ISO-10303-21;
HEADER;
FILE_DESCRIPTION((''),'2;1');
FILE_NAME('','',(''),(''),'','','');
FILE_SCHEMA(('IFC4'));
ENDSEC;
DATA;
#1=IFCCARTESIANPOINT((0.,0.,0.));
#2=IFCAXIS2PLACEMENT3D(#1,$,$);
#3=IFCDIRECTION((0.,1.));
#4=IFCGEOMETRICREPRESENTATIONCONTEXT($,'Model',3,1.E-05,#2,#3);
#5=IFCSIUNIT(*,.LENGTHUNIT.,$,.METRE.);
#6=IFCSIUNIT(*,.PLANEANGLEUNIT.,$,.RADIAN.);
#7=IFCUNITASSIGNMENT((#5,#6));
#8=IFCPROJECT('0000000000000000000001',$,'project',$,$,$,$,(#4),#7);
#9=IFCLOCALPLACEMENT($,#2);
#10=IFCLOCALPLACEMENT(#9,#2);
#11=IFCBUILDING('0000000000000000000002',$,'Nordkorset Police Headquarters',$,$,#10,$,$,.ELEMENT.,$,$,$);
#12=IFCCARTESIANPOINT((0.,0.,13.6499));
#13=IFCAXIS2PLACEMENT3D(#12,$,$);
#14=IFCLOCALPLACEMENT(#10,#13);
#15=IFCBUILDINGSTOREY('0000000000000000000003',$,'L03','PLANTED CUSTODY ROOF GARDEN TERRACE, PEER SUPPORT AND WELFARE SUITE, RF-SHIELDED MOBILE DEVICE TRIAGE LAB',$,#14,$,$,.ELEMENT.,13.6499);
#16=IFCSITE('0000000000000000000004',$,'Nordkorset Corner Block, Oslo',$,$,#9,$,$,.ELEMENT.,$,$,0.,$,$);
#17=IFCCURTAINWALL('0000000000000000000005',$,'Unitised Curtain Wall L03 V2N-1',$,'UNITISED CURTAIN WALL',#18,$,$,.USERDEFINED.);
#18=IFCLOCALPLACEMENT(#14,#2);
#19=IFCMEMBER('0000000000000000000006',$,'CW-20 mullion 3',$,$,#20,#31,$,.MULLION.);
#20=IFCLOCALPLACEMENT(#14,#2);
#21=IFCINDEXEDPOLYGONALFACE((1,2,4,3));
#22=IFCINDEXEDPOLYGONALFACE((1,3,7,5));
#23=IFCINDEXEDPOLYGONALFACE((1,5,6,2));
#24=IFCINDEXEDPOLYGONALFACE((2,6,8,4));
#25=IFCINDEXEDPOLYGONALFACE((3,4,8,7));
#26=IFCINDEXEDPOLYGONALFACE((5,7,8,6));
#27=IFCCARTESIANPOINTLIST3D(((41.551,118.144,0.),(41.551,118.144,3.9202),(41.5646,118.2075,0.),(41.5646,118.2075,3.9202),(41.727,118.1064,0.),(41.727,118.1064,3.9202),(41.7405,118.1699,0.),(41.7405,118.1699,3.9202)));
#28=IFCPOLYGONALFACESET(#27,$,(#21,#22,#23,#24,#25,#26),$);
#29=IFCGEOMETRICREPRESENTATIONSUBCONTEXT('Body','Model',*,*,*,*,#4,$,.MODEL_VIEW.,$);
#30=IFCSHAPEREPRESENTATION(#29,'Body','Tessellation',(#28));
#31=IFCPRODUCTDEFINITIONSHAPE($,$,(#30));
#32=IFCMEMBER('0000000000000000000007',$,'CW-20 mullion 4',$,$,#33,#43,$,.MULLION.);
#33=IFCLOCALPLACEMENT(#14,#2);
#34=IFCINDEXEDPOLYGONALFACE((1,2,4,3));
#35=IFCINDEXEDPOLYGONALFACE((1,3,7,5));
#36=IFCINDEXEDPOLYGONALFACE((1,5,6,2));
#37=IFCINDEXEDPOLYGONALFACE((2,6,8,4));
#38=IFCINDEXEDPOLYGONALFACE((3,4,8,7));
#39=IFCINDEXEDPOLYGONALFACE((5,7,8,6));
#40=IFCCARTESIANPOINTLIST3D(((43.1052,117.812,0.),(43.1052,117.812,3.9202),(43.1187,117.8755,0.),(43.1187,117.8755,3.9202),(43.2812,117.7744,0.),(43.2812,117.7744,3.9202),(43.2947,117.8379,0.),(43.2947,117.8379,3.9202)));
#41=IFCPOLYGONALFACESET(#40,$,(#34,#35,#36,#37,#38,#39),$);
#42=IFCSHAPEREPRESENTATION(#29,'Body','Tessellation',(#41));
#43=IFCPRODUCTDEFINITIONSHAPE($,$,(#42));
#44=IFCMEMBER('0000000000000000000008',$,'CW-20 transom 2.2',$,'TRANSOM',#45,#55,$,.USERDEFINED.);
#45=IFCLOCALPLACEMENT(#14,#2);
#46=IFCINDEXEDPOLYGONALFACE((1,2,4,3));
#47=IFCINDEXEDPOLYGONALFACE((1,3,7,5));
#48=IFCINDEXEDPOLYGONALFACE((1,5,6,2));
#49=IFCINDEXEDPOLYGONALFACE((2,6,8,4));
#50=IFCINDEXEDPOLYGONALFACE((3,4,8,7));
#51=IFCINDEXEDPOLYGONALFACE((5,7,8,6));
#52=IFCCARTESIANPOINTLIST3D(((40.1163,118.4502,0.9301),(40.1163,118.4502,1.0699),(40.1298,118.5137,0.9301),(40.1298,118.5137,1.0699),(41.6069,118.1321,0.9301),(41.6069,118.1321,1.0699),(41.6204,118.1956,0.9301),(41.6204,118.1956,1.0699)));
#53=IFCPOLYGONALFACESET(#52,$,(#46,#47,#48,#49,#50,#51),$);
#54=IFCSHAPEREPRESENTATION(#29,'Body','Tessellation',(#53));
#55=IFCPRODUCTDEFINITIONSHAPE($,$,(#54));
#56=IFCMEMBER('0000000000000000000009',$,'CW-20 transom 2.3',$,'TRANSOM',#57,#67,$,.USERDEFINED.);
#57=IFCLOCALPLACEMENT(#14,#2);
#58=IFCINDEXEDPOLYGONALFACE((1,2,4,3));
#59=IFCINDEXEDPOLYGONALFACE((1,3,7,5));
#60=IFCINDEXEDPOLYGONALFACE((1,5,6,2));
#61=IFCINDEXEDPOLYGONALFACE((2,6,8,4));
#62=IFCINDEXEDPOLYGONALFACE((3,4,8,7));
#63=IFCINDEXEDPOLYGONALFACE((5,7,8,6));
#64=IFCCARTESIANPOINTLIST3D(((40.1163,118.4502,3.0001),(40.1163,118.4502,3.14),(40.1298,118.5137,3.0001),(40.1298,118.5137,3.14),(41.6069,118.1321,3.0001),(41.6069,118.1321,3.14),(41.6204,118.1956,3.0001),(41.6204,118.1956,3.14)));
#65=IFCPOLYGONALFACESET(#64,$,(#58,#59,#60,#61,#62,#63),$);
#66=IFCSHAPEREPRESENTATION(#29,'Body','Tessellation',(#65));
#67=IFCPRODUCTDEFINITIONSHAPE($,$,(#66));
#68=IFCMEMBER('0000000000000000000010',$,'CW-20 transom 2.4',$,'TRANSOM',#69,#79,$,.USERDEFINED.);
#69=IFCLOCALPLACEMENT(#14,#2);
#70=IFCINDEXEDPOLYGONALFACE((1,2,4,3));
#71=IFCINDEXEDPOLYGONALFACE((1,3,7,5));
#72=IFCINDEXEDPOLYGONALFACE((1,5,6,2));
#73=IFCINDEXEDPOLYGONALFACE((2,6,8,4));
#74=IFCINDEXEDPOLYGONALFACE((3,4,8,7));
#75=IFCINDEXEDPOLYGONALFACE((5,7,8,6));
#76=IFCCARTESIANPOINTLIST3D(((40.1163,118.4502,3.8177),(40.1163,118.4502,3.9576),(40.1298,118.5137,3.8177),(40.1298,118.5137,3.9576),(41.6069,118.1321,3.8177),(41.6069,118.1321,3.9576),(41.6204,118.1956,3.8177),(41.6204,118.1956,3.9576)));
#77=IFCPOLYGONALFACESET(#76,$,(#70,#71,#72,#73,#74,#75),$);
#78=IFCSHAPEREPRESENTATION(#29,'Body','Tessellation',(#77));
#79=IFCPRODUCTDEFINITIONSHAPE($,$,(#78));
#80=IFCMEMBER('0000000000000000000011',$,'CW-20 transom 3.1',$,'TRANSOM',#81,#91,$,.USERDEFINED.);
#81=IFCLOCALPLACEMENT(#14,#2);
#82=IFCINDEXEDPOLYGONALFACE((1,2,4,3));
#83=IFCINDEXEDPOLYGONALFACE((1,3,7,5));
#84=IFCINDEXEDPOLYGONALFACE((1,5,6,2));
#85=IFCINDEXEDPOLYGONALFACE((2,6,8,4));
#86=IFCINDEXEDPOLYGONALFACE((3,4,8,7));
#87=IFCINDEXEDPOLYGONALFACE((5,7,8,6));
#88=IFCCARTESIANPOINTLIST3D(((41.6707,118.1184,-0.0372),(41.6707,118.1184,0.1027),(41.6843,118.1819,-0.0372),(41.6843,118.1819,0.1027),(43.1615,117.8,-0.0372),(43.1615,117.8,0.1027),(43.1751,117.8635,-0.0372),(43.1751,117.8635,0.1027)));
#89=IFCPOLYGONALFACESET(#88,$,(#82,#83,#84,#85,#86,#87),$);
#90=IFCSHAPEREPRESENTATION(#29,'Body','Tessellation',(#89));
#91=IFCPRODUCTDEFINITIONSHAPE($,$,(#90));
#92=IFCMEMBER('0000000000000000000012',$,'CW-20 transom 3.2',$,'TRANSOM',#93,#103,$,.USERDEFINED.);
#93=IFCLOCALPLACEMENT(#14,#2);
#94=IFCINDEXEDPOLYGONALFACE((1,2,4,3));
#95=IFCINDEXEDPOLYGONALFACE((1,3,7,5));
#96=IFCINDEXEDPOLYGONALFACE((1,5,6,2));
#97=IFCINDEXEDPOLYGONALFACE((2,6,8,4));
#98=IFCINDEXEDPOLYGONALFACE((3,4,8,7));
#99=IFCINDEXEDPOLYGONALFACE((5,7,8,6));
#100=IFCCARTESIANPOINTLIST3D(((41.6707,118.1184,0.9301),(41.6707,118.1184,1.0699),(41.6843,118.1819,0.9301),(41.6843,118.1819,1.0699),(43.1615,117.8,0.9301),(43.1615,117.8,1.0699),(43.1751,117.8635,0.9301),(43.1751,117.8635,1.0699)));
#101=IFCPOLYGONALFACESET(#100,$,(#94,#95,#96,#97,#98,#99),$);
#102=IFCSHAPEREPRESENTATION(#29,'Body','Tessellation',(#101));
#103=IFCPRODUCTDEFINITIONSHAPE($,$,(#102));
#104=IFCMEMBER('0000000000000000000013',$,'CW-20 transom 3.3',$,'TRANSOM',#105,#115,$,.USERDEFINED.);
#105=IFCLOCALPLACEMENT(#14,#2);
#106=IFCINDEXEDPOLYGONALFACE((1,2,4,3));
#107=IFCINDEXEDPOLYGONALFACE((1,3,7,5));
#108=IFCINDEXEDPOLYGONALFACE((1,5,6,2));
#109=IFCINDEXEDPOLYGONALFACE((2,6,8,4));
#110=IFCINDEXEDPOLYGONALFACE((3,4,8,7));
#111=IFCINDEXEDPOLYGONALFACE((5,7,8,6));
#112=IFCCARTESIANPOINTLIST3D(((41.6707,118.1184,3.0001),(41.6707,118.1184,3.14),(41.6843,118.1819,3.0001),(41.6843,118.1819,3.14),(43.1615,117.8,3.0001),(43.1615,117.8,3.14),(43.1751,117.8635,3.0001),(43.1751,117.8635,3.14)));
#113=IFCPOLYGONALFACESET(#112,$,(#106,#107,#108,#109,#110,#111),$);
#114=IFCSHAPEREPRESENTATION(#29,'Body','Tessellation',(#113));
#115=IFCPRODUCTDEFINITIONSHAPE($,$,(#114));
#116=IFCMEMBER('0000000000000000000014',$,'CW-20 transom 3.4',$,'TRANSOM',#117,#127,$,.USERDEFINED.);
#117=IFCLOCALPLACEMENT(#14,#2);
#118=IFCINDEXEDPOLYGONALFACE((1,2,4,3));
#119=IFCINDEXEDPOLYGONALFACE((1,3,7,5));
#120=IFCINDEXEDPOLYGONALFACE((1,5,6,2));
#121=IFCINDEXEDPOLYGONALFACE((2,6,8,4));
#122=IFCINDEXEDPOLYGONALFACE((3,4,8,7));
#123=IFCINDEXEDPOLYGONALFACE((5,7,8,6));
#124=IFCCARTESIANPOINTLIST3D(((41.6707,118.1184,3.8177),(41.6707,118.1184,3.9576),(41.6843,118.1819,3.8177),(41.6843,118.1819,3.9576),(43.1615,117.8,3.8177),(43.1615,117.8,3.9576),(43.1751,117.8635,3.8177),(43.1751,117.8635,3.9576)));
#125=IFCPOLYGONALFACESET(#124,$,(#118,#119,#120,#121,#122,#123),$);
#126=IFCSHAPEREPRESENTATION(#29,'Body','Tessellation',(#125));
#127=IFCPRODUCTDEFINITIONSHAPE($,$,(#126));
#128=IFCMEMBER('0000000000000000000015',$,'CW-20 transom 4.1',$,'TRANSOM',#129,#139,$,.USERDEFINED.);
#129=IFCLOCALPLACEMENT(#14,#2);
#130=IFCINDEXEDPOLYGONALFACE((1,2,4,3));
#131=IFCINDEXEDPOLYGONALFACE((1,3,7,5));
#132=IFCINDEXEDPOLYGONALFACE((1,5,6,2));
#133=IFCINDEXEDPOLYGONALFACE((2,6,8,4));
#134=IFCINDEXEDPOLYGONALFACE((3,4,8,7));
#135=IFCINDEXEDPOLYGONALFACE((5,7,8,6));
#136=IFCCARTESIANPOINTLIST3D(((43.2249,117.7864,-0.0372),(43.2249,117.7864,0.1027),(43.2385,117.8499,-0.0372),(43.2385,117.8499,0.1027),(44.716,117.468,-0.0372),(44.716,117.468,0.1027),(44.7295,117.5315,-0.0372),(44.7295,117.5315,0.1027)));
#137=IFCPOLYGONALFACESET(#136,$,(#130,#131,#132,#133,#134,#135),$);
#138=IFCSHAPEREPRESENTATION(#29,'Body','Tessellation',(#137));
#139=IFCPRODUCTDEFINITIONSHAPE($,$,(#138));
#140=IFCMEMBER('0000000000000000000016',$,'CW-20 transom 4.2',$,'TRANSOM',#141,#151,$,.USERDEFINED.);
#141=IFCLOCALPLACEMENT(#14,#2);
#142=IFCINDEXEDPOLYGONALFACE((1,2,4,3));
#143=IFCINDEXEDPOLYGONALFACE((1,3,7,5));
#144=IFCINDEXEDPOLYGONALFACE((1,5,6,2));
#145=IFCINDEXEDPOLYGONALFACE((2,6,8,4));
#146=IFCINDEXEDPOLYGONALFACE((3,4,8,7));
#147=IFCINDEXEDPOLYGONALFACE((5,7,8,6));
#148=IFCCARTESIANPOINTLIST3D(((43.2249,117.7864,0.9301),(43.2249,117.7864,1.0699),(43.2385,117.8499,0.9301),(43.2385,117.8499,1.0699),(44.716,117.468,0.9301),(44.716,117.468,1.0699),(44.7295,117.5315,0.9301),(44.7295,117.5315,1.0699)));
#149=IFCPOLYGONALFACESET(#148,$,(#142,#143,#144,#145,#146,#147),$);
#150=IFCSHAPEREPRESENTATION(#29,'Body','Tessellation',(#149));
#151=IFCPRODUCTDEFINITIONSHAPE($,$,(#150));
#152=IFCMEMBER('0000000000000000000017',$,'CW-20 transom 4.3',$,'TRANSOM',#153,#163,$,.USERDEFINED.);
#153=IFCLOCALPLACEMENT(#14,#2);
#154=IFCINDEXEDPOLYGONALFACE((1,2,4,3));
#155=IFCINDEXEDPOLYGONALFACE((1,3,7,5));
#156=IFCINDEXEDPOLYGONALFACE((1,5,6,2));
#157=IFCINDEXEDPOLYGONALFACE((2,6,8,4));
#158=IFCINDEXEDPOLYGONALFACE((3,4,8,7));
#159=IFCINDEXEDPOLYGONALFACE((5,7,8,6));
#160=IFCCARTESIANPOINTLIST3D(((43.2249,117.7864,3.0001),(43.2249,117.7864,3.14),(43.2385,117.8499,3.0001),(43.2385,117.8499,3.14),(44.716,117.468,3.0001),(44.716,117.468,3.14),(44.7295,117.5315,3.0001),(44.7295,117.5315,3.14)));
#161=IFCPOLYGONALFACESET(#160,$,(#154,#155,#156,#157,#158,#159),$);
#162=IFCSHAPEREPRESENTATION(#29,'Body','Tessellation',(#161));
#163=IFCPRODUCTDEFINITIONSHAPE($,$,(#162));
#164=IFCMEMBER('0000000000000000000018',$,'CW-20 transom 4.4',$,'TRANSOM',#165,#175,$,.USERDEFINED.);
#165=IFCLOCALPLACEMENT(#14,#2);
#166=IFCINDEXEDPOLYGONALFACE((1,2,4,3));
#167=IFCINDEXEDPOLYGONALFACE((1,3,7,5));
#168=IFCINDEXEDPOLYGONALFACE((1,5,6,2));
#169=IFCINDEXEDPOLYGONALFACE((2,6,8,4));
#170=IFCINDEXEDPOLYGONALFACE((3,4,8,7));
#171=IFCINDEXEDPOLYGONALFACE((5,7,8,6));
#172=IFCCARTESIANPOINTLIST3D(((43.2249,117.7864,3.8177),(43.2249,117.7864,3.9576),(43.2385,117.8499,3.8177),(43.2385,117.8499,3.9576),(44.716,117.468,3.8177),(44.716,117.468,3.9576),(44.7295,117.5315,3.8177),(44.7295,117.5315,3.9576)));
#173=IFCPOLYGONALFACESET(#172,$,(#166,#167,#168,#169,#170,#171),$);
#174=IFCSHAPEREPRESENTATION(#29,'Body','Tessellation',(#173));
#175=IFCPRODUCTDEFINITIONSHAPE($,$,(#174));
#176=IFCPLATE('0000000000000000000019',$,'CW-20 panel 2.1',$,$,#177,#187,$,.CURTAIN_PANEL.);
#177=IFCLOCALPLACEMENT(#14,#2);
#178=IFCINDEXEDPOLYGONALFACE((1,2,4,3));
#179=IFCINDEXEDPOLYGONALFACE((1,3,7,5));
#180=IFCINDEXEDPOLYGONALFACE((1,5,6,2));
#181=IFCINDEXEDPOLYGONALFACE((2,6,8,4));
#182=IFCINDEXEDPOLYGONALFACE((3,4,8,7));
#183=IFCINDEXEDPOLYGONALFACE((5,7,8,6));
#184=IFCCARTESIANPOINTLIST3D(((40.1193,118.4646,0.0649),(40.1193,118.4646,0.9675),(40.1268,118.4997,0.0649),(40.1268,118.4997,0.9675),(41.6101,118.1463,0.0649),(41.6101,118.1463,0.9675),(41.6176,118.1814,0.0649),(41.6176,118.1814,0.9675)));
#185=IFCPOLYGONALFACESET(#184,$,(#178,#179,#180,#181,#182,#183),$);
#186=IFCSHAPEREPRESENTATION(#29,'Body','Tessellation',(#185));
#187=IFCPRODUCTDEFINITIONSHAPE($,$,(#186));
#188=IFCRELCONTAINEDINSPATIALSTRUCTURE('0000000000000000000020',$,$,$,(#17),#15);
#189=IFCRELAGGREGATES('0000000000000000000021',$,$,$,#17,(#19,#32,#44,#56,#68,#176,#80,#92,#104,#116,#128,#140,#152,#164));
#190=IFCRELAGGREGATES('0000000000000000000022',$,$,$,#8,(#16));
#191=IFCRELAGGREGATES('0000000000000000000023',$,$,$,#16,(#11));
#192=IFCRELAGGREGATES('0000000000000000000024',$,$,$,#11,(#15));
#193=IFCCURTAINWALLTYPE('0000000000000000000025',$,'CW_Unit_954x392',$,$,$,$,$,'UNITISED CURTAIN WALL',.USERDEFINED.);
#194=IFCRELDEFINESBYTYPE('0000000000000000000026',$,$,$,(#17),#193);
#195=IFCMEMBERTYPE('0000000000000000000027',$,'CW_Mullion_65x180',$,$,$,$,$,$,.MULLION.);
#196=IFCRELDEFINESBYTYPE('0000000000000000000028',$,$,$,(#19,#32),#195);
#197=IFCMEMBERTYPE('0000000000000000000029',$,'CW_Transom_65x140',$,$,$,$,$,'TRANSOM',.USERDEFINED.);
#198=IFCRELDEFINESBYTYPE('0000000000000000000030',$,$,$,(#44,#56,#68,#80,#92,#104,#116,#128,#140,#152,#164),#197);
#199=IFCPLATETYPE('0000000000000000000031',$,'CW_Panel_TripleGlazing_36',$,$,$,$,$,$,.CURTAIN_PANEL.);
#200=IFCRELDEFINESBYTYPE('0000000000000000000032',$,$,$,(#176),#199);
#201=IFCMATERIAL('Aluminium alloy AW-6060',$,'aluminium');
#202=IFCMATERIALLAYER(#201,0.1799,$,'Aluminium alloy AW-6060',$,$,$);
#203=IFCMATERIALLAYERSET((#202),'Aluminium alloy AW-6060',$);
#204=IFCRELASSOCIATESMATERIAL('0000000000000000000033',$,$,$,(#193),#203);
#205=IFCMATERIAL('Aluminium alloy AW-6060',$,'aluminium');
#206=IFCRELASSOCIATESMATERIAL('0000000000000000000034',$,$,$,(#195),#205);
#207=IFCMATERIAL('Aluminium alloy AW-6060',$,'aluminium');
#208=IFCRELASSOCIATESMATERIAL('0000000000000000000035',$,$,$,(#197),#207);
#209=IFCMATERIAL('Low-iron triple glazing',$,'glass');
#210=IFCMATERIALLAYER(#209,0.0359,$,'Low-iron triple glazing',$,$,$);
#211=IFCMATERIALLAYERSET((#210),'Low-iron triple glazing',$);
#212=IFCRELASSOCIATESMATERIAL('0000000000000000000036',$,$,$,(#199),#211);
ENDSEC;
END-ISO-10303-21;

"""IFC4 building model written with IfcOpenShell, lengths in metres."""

from ifc_helpers import new_model, si_unit, direction, frame, origin, origin_2d, place, context, subcontext, project, spatial, rectangle, extrude, material, layer, layer_set, material_profile, profile_set, type_object, element, aggregate, save


model = new_model("IFC4")

# Units and contexts
model_context = context("Model", 3, precision=1e-05, world=origin(), true_north=direction((0.0, 1.0)))
body_context = subcontext(model_context, "Body", "Model", "MODEL_VIEW")
ifc_project = project(units=[si_unit("LENGTHUNIT", "METRE"), si_unit("PLANEANGLEUNIT", "RADIAN")], contexts=[model_context])

# Site, building, storey
site_placement = place(None, origin())
site = spatial("IfcSite", under=ifc_project, at=site_placement, Name="Nordkorset Corner Block, Oslo", CompositionType="ELEMENT", RefElevation=0.0)
building_placement = place(site_placement, origin())
building = spatial("IfcBuilding", under=site, at=building_placement, Name="Nordkorset Police Headquarters", CompositionType="ELEMENT")
storey_placement = place(building_placement, frame((0.0, 0.0, 13.6499)))
storey = spatial("IfcBuildingStorey", under=building, at=storey_placement, Name="L03", Description="PLANTED CUSTODY ROOF GARDEN TERRACE, PEER SUPPORT AND WELFARE SUITE, RF-SHIELDED MOBILE DEVICE TRIAGE LAB", CompositionType="ELEMENT", Elevation=13.6499)

# Curtain wall, members, plate
ifc_material_1 = material(Name="Aluminium alloy AW-6060", Category="aluminium")
ifc_layer_1 = layer(ifc_material_1, 0.1799, Name="Aluminium alloy AW-6060")
ifc_layer_set_1 = layer_set([ifc_layer_1], Name="Aluminium alloy AW-6060")
curtain_wall_type = type_object("IfcCurtainWallType", Name="CW_Unit_954x392", ElementType="UNITISED CURTAIN WALL", PredefinedType="USERDEFINED", material=ifc_layer_set_1)
curtain_wall_placement = place(storey_placement, origin())
curtain_wall = element("IfcCurtainWall", 1, at=curtain_wall_placement, inside=storey, type_object=curtain_wall_type, Name="Unitised Curtain Wall L03 V2N-1", ObjectType="UNITISED CURTAIN WALL", PredefinedType="USERDEFINED")
ifc_material_2 = material(Name="Aluminium alloy AW-6060", Category="aluminium")
ifc_material_profile_1 = material_profile(ifc_material_2, rectangle(XDim=0.0649, YDim=0.1799, at=origin_2d()), Name="ALU MULL 65x180")
ifc_profile_set_1 = profile_set([ifc_material_profile_1], Name="Aluminium alloy AW-6060")
member_type_1 = type_object("IfcMemberType", Name="CW_Mullion_65x180", PredefinedType="MULLION", material=ifc_profile_set_1)
member_1_placement = place(storey_placement, frame((41.6458, 118.157, 0.0), z_axis=(0.0, 0.0, 1.0), x_axis=(0.208833, 0.977951, 0.0)))
member_1 = element("IfcMember", 2, at=member_1_placement, type_object=member_type_1, Name="CW-20 mullion 3", PredefinedType="MULLION", context=body_context, shape_type="SweptSolid", body=[
    extrude(rectangle(XDim=0.0649, YDim=0.1799, at=origin_2d()), origin(), (0.0, 0.0, 1.0), 3.9202),
])
member_2_placement = place(storey_placement, frame((43.2, 117.825, 0.0), z_axis=(0.0, 0.0, 1.0), x_axis=(0.208833, 0.977951, 0.0)))
member_2 = element("IfcMember", 3, at=member_2_placement, type_object=member_type_1, Name="CW-20 mullion 4", PredefinedType="MULLION", context=body_context, shape_type="SweptSolid", body=[
    extrude(rectangle(XDim=0.0649, YDim=0.1799, at=origin_2d()), origin(), (0.0, 0.0, 1.0), 3.9202),
])
ifc_material_3 = material(Name="Aluminium alloy AW-6060", Category="aluminium")
ifc_material_profile_2 = material_profile(ifc_material_3, rectangle(XDim=0.0649, YDim=0.1399, at=origin_2d()), Name="ALU TRAN 65x140")
ifc_profile_set_2 = profile_set([ifc_material_profile_2], Name="Aluminium alloy AW-6060")
member_type_2 = type_object("IfcMemberType", Name="CW_Transom_65x140", ElementType="TRANSOM", PredefinedType="USERDEFINED", material=ifc_profile_set_2)
member_3_placement = place(storey_placement, frame((40.123, 118.4819, 1.0), z_axis=(0.97798, -0.208698, 0.0), x_axis=(0.208698, 0.97798, 0.0)))
member_3 = element("IfcMember", 4, at=member_3_placement, type_object=member_type_2, Name="CW-20 transom 2.2", ObjectType="TRANSOM", PredefinedType="USERDEFINED", context=body_context, shape_type="SweptSolid", body=[
    extrude(rectangle(XDim=0.0649, YDim=0.1399, at=origin_2d()), origin(), (0.0, 0.0, 1.0), 1.5242),
])
member_4_placement = place(storey_placement, frame((40.123, 118.4819, 3.0701), z_axis=(0.97798, -0.208698, 0.0), x_axis=(0.208698, 0.97798, 0.0)))
member_4 = element("IfcMember", 5, at=member_4_placement, type_object=member_type_2, Name="CW-20 transom 2.3", ObjectType="TRANSOM", PredefinedType="USERDEFINED", context=body_context, shape_type="SweptSolid", body=[
    extrude(rectangle(XDim=0.0649, YDim=0.1399, at=origin_2d()), origin(), (0.0, 0.0, 1.0), 1.5242),
])
member_5_placement = place(storey_placement, frame((40.123, 118.4819, 3.8877), z_axis=(0.97798, -0.208698, 0.0), x_axis=(0.208698, 0.97798, 0.0)))
member_5 = element("IfcMember", 6, at=member_5_placement, type_object=member_type_2, Name="CW-20 transom 2.4", ObjectType="TRANSOM", PredefinedType="USERDEFINED", context=body_context, shape_type="SweptSolid", body=[
    extrude(rectangle(XDim=0.0649, YDim=0.1399, at=origin_2d()), origin(), (0.0, 0.0, 1.0), 1.5242),
])
member_6_placement = place(storey_placement, frame((41.6775, 118.1501, 0.0327), z_axis=(0.977947, -0.208851, 0.0), x_axis=(0.208851, 0.977947, 0.0)))
member_6 = element("IfcMember", 7, at=member_6_placement, type_object=member_type_2, Name="CW-20 transom 3.1", ObjectType="TRANSOM", PredefinedType="USERDEFINED", context=body_context, shape_type="SweptSolid", body=[
    extrude(rectangle(XDim=0.0649, YDim=0.1399, at=origin_2d()), origin(), (0.0, 0.0, 1.0), 1.5244),
])
member_7_placement = place(storey_placement, frame((41.6775, 118.1501, 1.0), z_axis=(0.977947, -0.208851, 0.0), x_axis=(0.208851, 0.977947, 0.0)))
member_7 = element("IfcMember", 8, at=member_7_placement, type_object=member_type_2, Name="CW-20 transom 3.2", ObjectType="TRANSOM", PredefinedType="USERDEFINED", context=body_context, shape_type="SweptSolid", body=[
    extrude(rectangle(XDim=0.0649, YDim=0.1399, at=origin_2d()), origin(), (0.0, 0.0, 1.0), 1.5244),
])
member_8_placement = place(storey_placement, frame((41.6775, 118.1501, 3.0701), z_axis=(0.977947, -0.208851, 0.0), x_axis=(0.208851, 0.977947, 0.0)))
member_8 = element("IfcMember", 9, at=member_8_placement, type_object=member_type_2, Name="CW-20 transom 3.3", ObjectType="TRANSOM", PredefinedType="USERDEFINED", context=body_context, shape_type="SweptSolid", body=[
    extrude(rectangle(XDim=0.0649, YDim=0.1399, at=origin_2d()), origin(), (0.0, 0.0, 1.0), 1.5244),
])
member_9_placement = place(storey_placement, frame((41.6775, 118.1501, 3.8877), z_axis=(0.977947, -0.208851, 0.0), x_axis=(0.208851, 0.977947, 0.0)))
member_9 = element("IfcMember", 10, at=member_9_placement, type_object=member_type_2, Name="CW-20 transom 3.4", ObjectType="TRANSOM", PredefinedType="USERDEFINED", context=body_context, shape_type="SweptSolid", body=[
    extrude(rectangle(XDim=0.0649, YDim=0.1399, at=origin_2d()), origin(), (0.0, 0.0, 1.0), 1.5244),
])
member_10_placement = place(storey_placement, frame((43.2317, 117.8181, 0.0327), z_axis=(0.977954, -0.208818, 0.0), x_axis=(0.208818, 0.977954, 0.0)))
member_10 = element("IfcMember", 11, at=member_10_placement, type_object=member_type_2, Name="CW-20 transom 4.1", ObjectType="TRANSOM", PredefinedType="USERDEFINED", context=body_context, shape_type="SweptSolid", body=[
    extrude(rectangle(XDim=0.0649, YDim=0.1399, at=origin_2d()), origin(), (0.0, 0.0, 1.0), 1.5247),
])
member_11_placement = place(storey_placement, frame((43.2317, 117.8181, 1.0), z_axis=(0.977954, -0.208818, 0.0), x_axis=(0.208818, 0.977954, 0.0)))
member_11 = element("IfcMember", 12, at=member_11_placement, type_object=member_type_2, Name="CW-20 transom 4.2", ObjectType="TRANSOM", PredefinedType="USERDEFINED", context=body_context, shape_type="SweptSolid", body=[
    extrude(rectangle(XDim=0.0649, YDim=0.1399, at=origin_2d()), origin(), (0.0, 0.0, 1.0), 1.5247),
])
member_12_placement = place(storey_placement, frame((43.2317, 117.8181, 3.0701), z_axis=(0.977954, -0.208818, 0.0), x_axis=(0.208818, 0.977954, 0.0)))
member_12 = element("IfcMember", 13, at=member_12_placement, type_object=member_type_2, Name="CW-20 transom 4.3", ObjectType="TRANSOM", PredefinedType="USERDEFINED", context=body_context, shape_type="SweptSolid", body=[
    extrude(rectangle(XDim=0.0649, YDim=0.1399, at=origin_2d()), origin(), (0.0, 0.0, 1.0), 1.5247),
])
member_13_placement = place(storey_placement, frame((43.2317, 117.8181, 3.8877), z_axis=(0.977954, -0.208818, 0.0), x_axis=(0.208818, 0.977954, 0.0)))
member_13 = element("IfcMember", 14, at=member_13_placement, type_object=member_type_2, Name="CW-20 transom 4.4", ObjectType="TRANSOM", PredefinedType="USERDEFINED", context=body_context, shape_type="SweptSolid", body=[
    extrude(rectangle(XDim=0.0649, YDim=0.1399, at=origin_2d()), origin(), (0.0, 0.0, 1.0), 1.5247),
])
ifc_material_4 = material(Name="Low-iron triple glazing", Category="glass")
ifc_layer_2 = layer(ifc_material_4, 0.0359, Name="Low-iron triple glazing")
ifc_layer_set_2 = layer_set([ifc_layer_2], Name="Low-iron triple glazing")
plate_type = type_object("IfcPlateType", Name="CW_Panel_TripleGlazing_36", PredefinedType="CURTAIN_PANEL", material=ifc_layer_set_2)
plate_1_placement = place(storey_placement, frame((40.8684, 118.323, 0.0649), z_axis=(0.0, 0.0, 1.0), x_axis=(0.977951, -0.208833, 0.0)))
plate_1 = element("IfcPlate", 15, at=plate_1_placement, type_object=plate_type, Name="CW-20 panel 2.1", PredefinedType="CURTAIN_PANEL", context=body_context, shape_type="SweptSolid", body=[
    extrude(rectangle(XDim=1.5244, YDim=0.0359, at=origin_2d()), origin(), (0.0, 0.0, 1.0), 0.9026),
])
aggregate(curtain_wall, [member_1, member_2, member_3, member_4, member_5, plate_1, member_6, member_7, member_8, member_9, member_10, member_11, member_12, member_13])

save(model, "model.ifc")
